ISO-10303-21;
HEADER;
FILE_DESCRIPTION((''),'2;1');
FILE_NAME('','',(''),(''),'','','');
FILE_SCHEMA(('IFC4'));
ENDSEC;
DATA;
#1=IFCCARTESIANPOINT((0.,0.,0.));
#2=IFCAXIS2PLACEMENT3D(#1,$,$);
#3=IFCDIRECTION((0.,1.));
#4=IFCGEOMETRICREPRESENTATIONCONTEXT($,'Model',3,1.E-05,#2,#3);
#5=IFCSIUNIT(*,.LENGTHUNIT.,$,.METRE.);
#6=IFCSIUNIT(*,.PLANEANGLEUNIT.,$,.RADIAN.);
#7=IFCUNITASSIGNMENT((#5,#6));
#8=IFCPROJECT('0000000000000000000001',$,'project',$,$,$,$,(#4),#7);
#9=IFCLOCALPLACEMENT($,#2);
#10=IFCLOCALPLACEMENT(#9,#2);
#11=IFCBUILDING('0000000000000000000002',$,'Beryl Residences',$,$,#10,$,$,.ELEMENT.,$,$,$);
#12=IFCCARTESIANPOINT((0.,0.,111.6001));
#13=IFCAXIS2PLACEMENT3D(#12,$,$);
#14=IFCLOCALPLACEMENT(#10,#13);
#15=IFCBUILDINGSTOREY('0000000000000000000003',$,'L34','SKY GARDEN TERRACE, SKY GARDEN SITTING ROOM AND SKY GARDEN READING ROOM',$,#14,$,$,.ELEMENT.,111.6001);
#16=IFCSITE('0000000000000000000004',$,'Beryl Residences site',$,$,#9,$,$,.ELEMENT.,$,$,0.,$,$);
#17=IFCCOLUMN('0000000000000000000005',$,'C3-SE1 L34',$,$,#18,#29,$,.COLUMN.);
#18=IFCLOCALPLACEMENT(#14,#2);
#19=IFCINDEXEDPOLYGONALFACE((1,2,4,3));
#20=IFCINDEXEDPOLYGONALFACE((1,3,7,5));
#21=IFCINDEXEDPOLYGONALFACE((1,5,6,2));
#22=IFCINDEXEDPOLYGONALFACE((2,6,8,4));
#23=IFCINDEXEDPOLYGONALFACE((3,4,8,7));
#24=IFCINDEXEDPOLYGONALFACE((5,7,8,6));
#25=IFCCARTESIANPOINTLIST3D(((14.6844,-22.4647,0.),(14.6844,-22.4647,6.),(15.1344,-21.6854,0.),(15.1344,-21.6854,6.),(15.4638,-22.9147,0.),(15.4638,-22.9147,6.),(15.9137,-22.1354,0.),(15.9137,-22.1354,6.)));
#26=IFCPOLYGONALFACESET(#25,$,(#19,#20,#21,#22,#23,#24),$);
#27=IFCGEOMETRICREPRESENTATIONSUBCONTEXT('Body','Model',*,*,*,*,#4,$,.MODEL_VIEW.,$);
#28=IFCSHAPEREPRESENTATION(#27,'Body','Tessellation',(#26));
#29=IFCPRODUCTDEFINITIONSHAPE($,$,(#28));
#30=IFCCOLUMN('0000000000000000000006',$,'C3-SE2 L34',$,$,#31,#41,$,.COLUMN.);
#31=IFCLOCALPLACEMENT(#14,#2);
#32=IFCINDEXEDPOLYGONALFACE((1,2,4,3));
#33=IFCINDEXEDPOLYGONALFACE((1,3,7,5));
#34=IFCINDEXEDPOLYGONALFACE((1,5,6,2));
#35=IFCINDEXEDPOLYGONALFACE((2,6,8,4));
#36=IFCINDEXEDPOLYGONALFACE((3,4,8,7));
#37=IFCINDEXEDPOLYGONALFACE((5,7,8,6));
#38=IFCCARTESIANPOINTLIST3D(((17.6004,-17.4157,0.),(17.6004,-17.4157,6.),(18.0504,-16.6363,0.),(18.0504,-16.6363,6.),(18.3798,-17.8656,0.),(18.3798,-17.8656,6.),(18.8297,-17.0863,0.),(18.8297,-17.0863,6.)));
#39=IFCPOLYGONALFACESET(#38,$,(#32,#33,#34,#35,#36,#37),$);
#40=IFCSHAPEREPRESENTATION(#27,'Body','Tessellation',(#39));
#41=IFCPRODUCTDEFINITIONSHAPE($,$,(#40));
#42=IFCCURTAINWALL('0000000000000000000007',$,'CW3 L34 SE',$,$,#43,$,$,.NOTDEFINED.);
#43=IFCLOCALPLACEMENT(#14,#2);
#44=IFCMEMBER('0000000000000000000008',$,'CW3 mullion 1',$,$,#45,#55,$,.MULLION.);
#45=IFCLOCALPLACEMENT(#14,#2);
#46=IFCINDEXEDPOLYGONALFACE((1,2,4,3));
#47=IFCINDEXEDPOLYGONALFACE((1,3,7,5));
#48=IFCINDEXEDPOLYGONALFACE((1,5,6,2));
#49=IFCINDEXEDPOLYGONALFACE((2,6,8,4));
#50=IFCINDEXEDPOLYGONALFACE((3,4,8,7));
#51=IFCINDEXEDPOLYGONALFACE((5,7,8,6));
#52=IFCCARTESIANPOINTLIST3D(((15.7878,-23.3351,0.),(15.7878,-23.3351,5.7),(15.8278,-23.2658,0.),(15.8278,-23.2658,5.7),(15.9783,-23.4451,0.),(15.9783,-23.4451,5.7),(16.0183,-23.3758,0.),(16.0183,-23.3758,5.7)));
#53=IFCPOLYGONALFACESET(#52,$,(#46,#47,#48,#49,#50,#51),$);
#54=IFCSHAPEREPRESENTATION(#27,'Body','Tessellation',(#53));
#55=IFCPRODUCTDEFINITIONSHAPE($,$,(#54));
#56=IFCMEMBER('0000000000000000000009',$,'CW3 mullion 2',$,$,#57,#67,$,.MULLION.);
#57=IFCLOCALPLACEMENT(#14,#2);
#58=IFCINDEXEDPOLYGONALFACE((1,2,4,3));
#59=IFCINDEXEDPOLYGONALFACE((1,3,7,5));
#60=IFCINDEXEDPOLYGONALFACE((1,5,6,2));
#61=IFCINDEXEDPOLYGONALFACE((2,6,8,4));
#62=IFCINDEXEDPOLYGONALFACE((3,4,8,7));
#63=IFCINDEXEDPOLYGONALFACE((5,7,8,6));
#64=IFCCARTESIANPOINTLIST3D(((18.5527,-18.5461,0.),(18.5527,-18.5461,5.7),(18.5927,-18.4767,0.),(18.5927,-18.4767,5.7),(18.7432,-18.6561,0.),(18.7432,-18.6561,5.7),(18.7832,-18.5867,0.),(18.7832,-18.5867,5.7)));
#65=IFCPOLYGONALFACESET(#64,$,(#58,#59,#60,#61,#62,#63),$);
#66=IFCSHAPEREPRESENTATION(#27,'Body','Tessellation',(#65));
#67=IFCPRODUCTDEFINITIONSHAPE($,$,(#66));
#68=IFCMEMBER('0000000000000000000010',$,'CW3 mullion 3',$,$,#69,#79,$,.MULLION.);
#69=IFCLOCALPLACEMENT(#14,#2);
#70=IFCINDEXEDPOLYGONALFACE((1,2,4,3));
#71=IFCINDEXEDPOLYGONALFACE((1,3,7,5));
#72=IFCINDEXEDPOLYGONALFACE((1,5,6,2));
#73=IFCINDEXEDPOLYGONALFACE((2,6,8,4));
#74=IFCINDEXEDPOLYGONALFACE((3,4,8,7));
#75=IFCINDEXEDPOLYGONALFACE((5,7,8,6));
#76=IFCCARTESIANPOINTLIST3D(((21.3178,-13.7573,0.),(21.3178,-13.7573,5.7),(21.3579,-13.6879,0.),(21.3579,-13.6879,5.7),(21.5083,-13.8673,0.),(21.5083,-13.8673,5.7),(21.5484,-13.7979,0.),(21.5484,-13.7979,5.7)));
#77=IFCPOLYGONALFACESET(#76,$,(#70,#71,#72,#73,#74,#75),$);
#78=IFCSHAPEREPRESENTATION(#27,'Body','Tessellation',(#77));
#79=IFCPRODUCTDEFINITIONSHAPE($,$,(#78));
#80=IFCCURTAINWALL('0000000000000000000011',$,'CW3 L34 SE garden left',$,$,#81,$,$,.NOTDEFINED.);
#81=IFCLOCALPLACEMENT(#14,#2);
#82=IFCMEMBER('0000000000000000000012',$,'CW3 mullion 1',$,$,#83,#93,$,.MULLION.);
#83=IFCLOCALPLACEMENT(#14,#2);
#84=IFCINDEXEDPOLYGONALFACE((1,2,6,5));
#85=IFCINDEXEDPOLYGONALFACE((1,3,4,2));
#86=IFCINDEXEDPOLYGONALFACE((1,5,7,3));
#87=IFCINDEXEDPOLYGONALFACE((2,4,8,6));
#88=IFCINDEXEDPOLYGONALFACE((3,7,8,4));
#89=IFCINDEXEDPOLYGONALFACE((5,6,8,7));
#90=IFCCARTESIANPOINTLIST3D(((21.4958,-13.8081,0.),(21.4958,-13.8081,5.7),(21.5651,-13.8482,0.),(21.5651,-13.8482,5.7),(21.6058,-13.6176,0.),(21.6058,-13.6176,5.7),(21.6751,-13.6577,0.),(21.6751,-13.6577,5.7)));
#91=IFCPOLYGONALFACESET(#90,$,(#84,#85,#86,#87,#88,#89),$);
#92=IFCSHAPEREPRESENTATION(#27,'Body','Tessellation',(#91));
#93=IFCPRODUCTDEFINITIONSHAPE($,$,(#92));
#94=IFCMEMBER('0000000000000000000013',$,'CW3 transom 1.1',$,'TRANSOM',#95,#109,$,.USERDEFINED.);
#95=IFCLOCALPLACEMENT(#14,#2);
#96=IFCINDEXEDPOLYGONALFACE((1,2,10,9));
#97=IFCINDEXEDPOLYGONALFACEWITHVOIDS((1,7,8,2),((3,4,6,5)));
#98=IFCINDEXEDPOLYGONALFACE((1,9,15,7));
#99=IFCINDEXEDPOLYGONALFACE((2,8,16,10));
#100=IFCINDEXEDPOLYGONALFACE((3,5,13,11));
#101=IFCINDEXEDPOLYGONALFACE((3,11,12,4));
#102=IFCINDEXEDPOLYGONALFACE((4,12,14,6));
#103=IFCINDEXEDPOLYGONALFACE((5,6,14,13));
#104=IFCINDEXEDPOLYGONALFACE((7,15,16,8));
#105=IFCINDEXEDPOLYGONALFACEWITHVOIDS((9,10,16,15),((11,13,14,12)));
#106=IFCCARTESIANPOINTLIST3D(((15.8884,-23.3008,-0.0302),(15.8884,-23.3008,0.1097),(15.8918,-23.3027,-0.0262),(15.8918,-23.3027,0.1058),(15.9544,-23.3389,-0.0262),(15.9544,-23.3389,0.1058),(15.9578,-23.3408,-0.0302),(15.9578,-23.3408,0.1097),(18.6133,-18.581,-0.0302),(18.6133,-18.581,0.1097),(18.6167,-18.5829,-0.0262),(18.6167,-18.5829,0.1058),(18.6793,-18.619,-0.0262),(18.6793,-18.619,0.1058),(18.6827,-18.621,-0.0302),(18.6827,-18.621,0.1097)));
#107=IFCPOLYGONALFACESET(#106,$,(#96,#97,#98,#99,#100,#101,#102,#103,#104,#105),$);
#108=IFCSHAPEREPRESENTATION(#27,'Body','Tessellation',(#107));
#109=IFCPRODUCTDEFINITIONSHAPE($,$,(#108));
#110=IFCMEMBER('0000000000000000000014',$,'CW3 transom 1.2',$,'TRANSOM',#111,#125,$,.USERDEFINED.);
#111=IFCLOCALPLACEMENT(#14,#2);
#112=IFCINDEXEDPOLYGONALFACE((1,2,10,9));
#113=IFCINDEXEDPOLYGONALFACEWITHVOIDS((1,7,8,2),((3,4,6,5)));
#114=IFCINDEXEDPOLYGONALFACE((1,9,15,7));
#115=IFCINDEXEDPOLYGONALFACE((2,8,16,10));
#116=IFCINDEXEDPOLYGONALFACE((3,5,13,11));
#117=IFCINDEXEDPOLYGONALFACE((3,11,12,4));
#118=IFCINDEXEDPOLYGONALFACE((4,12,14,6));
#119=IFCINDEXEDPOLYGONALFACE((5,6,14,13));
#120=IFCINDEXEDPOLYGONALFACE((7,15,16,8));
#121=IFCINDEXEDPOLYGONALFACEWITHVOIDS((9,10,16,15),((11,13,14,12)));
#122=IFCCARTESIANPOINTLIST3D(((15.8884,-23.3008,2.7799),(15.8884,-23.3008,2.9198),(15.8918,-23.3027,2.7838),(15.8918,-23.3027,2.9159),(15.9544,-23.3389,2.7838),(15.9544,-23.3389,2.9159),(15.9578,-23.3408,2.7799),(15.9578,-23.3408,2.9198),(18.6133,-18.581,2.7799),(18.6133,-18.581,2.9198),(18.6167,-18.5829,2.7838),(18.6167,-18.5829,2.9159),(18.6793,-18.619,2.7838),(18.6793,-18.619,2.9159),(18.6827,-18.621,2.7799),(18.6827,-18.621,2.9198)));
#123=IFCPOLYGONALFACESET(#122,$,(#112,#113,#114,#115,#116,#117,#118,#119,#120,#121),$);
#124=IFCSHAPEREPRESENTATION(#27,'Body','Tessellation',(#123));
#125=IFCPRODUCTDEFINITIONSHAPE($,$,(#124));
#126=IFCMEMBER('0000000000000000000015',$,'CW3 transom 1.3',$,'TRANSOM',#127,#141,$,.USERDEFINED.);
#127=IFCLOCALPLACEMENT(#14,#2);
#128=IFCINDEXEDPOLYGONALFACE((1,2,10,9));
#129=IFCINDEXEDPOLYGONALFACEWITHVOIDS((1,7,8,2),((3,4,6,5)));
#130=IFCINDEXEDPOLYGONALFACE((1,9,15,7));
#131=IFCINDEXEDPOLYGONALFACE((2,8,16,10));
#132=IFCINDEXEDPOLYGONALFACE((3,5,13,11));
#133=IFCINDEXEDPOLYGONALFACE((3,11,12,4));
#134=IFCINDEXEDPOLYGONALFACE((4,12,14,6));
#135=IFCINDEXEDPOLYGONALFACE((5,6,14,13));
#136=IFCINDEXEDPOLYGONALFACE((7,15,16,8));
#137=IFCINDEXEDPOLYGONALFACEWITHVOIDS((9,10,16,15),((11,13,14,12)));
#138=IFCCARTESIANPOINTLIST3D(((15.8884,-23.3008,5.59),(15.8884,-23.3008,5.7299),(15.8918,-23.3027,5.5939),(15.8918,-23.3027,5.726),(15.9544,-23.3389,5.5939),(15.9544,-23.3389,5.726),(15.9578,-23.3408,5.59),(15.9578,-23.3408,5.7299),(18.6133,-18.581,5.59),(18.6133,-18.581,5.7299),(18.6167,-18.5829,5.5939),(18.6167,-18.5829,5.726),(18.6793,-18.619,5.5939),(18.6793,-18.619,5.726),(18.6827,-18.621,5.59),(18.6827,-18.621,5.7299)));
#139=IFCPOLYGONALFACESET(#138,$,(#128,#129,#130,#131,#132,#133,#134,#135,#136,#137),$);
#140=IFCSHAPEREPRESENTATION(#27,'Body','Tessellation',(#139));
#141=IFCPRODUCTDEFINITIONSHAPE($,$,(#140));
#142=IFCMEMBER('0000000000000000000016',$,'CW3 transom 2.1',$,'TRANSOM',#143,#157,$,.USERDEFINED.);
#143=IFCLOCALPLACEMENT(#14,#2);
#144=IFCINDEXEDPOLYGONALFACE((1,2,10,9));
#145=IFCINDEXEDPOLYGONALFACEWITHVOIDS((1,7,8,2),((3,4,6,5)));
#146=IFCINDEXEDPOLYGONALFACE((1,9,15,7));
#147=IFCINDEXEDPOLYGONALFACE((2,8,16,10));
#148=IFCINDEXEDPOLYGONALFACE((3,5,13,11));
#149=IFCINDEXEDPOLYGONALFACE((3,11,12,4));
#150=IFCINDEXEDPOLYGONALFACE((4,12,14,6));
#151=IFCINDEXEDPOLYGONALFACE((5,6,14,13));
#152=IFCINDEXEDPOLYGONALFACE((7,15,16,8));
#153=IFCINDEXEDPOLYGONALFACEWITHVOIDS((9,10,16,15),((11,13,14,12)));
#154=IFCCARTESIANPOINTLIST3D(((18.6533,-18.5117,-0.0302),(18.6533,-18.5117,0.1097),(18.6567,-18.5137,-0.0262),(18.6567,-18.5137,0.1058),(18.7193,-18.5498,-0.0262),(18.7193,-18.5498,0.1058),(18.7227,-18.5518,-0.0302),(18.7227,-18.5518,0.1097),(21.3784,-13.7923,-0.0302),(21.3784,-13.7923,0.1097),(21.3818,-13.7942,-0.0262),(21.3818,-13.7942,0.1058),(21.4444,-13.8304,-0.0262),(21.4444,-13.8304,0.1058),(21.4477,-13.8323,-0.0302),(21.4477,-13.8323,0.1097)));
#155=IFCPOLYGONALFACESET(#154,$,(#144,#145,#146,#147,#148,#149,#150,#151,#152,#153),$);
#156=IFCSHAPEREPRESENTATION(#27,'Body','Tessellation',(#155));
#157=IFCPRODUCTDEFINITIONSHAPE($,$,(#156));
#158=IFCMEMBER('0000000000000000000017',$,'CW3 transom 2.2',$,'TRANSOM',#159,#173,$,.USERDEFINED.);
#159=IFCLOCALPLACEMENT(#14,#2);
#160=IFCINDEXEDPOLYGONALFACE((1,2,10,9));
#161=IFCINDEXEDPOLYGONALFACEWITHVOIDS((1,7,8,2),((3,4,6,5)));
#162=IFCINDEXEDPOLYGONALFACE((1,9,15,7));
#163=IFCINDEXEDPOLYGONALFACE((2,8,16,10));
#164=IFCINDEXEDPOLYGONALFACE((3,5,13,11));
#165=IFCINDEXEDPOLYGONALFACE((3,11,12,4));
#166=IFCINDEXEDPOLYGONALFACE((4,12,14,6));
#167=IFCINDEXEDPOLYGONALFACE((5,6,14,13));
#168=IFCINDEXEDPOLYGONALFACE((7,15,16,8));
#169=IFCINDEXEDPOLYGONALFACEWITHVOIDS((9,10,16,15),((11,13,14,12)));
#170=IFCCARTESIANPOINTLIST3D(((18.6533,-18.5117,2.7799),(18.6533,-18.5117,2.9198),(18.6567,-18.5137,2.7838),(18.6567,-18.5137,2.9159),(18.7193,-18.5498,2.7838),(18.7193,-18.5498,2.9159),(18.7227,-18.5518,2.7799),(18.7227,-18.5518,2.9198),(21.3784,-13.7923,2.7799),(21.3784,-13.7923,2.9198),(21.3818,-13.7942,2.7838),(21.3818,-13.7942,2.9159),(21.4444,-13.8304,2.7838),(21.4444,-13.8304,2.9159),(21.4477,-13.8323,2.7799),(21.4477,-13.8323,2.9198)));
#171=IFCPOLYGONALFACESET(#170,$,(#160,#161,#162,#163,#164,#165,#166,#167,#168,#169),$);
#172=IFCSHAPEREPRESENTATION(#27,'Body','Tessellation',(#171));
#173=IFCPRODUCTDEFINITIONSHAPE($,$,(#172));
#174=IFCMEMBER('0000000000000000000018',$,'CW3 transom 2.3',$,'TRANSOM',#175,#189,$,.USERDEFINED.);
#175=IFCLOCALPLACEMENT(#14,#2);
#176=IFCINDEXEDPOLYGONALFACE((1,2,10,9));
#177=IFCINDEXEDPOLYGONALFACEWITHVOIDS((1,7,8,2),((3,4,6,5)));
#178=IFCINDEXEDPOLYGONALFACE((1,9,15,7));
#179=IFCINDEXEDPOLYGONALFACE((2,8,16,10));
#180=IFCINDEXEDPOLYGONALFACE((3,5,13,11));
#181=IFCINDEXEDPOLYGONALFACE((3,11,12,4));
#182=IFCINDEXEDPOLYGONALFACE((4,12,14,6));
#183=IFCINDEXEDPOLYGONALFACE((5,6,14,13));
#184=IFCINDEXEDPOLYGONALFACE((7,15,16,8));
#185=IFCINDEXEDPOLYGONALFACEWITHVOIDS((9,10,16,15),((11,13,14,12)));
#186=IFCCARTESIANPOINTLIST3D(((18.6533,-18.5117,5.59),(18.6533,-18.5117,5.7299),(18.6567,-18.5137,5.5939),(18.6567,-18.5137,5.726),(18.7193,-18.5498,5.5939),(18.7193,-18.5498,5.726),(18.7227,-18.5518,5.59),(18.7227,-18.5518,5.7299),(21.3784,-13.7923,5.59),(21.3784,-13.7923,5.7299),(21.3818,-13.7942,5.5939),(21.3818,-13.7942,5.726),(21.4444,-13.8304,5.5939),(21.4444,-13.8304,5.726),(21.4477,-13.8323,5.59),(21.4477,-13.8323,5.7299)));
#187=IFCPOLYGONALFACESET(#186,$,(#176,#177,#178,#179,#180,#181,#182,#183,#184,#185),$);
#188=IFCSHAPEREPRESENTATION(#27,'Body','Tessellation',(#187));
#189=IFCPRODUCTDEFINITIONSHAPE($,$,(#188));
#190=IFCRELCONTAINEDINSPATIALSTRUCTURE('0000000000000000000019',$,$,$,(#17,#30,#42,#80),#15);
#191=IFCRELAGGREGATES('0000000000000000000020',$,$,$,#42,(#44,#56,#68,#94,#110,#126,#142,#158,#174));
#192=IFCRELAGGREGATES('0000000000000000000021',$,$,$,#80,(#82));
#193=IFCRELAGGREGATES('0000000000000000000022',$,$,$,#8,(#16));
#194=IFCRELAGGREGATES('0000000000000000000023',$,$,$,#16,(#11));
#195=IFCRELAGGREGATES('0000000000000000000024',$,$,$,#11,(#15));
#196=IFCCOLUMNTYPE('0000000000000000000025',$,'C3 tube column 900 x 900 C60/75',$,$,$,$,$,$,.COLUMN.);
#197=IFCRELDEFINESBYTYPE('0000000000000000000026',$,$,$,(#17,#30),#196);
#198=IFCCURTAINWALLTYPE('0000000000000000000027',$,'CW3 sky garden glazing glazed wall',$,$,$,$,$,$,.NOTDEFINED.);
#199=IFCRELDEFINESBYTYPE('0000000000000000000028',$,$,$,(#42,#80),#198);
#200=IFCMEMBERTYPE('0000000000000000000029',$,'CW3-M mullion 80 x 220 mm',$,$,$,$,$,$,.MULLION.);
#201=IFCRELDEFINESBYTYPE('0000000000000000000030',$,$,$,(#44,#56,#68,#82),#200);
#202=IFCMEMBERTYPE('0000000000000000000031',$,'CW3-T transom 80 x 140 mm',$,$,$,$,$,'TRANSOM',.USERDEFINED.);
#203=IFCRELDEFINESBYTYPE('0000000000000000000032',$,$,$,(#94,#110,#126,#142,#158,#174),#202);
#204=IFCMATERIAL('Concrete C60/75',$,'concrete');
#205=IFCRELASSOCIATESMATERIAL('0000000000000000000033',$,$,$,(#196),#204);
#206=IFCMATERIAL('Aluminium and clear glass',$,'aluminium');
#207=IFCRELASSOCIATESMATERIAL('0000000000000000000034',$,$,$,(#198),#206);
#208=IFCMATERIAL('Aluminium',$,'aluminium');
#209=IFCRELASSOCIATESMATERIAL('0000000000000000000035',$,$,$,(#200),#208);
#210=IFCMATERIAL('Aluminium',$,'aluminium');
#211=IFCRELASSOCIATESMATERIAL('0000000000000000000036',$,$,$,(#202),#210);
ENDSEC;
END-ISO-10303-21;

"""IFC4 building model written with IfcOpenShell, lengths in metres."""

from ifc_helpers import new_model, si_unit, direction, frame, origin, origin_2d, place, context, subcontext, project, spatial, rectangle, hollow_rectangle, extrude, material, material_profile, profile_set, type_object, element, aggregate, save


model = new_model("IFC4")

# Units and contexts
model_context = context("Model", 3, precision=1e-05, world=origin(), true_north=direction((0.0, 1.0)))
body_context = subcontext(model_context, "Body", "Model", "MODEL_VIEW")
ifc_project = project(units=[si_unit("LENGTHUNIT", "METRE"), si_unit("PLANEANGLEUNIT", "RADIAN")], contexts=[model_context])

# Site, building, storey
site_placement = place(None, origin())
site = spatial("IfcSite", under=ifc_project, at=site_placement, Name="Beryl Residences site", CompositionType="ELEMENT", RefElevation=0.0)
building_placement = place(site_placement, origin())
building = spatial("IfcBuilding", under=site, at=building_placement, Name="Beryl Residences", CompositionType="ELEMENT")
storey_placement = place(building_placement, frame((0.0, 0.0, 111.6001)))
storey = spatial("IfcBuildingStorey", under=building, at=storey_placement, Name="L34", Description="SKY GARDEN TERRACE, SKY GARDEN SITTING ROOM AND SKY GARDEN READING ROOM", CompositionType="ELEMENT", Elevation=111.6001)

# Columns
ifc_material_1 = material(Name="Concrete C60/75", Category="concrete")
ifc_material_profile_1 = material_profile(ifc_material_1, rectangle(XDim=0.8999, YDim=0.8999, at=origin_2d()))
ifc_profile_set_1 = profile_set([ifc_material_profile_1], Name="Concrete C60/75")
column_type = type_object("IfcColumnType", Name="C3 tube column 900 x 900 C60/75", PredefinedType="COLUMN", material=ifc_profile_set_1)
for number, where, z_axis, x_axis, name in (
    (1, (15.2991, -22.3, 0.0), (0.0, 0.0, 1.0), (0.5, 0.866025, 0.0), "C3-SE1 L34"),
    (2, (18.2151, -17.251, 0.0), (0.0, 0.0, 1.0), (0.5, 0.866025, 0.0), "C3-SE2 L34"),
):
    element("IfcColumn", number, at=place(storey_placement, frame(where, z_axis=z_axis, x_axis=x_axis)), inside=storey, type_object=column_type, Name=name, PredefinedType="COLUMN", context=body_context, shape_type="SweptSolid", body=[
        extrude(rectangle(XDim=0.8999, YDim=0.8999, at=origin_2d()), origin(), (0.0, 0.0, 1.0), 6.0),
    ])

# Curtain wall, members
ifc_material_2 = material(Name="Aluminium and clear glass", Category="aluminium")
curtain_wall_type = type_object("IfcCurtainWallType", Name="CW3 sky garden glazing glazed wall", PredefinedType="NOTDEFINED", material=ifc_material_2)
curtain_wall_1_placement = place(storey_placement, origin())
curtain_wall_1 = element("IfcCurtainWall", 3, at=curtain_wall_1_placement, inside=storey, type_object=curtain_wall_type, Name="CW3 L34 SE", PredefinedType="NOTDEFINED")
ifc_material_3 = material(Name="Aluminium", Category="aluminium")
ifc_material_profile_2 = material_profile(ifc_material_3, rectangle(XDim=0.0801, YDim=0.22, at=origin_2d()))
ifc_profile_set_2 = profile_set([ifc_material_profile_2], Name="Aluminium")
member_type_1 = type_object("IfcMemberType", Name="CW3-M mullion 80 x 220 mm", PredefinedType="MULLION", material=ifc_profile_set_2)
member_1_placement = place(storey_placement, frame((15.9031, -23.3555, 0.0), z_axis=(0.0, 0.0, 1.0), x_axis=(0.50002, 0.866014, 0.0)))
member_1 = element("IfcMember", 4, at=member_1_placement, type_object=member_type_1, Name="CW3 mullion 1", PredefinedType="MULLION", context=body_context, shape_type="SweptSolid", body=[
    extrude(rectangle(XDim=0.0801, YDim=0.22, at=origin_2d()), origin(), (0.0, 0.0, 1.0), 5.7),
])
member_2_placement = place(storey_placement, frame((18.668, -18.5664, 0.0), z_axis=(0.0, 0.0, 1.0), x_axis=(0.50002, 0.866014, 0.0)))
member_2 = element("IfcMember", 5, at=member_2_placement, type_object=member_type_1, Name="CW3 mullion 2", PredefinedType="MULLION", context=body_context, shape_type="SweptSolid", body=[
    extrude(rectangle(XDim=0.0801, YDim=0.22, at=origin_2d()), origin(), (0.0, 0.0, 1.0), 5.7),
])
member_3_placement = place(storey_placement, frame((21.4331, -13.7776, 0.0), z_axis=(0.0, 0.0, 1.0), x_axis=(0.50002, 0.866014, 0.0)))
member_3 = element("IfcMember", 6, at=member_3_placement, type_object=member_type_1, Name="CW3 mullion 3", PredefinedType="MULLION", context=body_context, shape_type="SweptSolid", body=[
    extrude(rectangle(XDim=0.0801, YDim=0.22, at=origin_2d()), origin(), (0.0, 0.0, 1.0), 5.7),
])

# Curtain wall, member
curtain_wall_2_placement = place(storey_placement, origin())
curtain_wall_2 = element("IfcCurtainWall", 7, at=curtain_wall_2_placement, inside=storey, type_object=curtain_wall_type, Name="CW3 L34 SE garden left", PredefinedType="NOTDEFINED")
member_4_placement = place(storey_placement, frame((21.5854, -13.7329, 0.0), z_axis=(0.0, 0.0, 1.0), x_axis=(-0.866008, 0.500031, 0.0)))
member_4 = element("IfcMember", 8, at=member_4_placement, type_object=member_type_1, Name="CW3 mullion 1", PredefinedType="MULLION", context=body_context, shape_type="SweptSolid", body=[
    extrude(rectangle(XDim=0.0801, YDim=0.22, at=origin_2d()), origin(), (0.0, 0.0, 1.0), 5.7),
])

# Members
ifc_material_4 = material(Name="Aluminium", Category="aluminium")
ifc_material_profile_3 = material_profile(ifc_material_4, hollow_rectangle(XDim=0.0801, YDim=0.1399, WallThickness=0.0039, at=origin_2d()))
ifc_profile_set_3 = profile_set([ifc_material_profile_3], Name="Aluminium")
member_type_2 = type_object("IfcMemberType", Name="CW3-T transom 80 x 140 mm", ElementType="TRANSOM", PredefinedType="USERDEFINED", material=ifc_profile_set_3)
member_5_placement = place(storey_placement, frame((15.9231, -23.3208, 0.0398), z_axis=(0.499989, 0.866032, 0.0), x_axis=(-0.866032, 0.499989, 0.0)))
member_5 = element("IfcMember", 9, at=member_5_placement, type_object=member_type_2, Name="CW3 transom 1.1", ObjectType="TRANSOM", PredefinedType="USERDEFINED", context=body_context, shape_type="SweptSolid", body=[
    extrude(hollow_rectangle(XDim=0.0801, YDim=0.1399, WallThickness=0.0039, at=origin_2d()), origin(), (0.0, 0.0, 1.0), 5.45),
])
member_6_placement = place(storey_placement, frame((15.9231, -23.3208, 2.8499), z_axis=(0.499989, 0.866032, 0.0), x_axis=(-0.866032, 0.499989, 0.0)))
member_6 = element("IfcMember", 10, at=member_6_placement, type_object=member_type_2, Name="CW3 transom 1.2", ObjectType="TRANSOM", PredefinedType="USERDEFINED", context=body_context, shape_type="SweptSolid", body=[
    extrude(hollow_rectangle(XDim=0.0801, YDim=0.1399, WallThickness=0.0039, at=origin_2d()), origin(), (0.0, 0.0, 1.0), 5.45),
])
member_7_placement = place(storey_placement, frame((15.9231, -23.3208, 5.6599), z_axis=(0.499989, 0.866032, 0.0), x_axis=(-0.866032, 0.499989, 0.0)))
member_7 = element("IfcMember", 11, at=member_7_placement, type_object=member_type_2, Name="CW3 transom 1.3", ObjectType="TRANSOM", PredefinedType="USERDEFINED", context=body_context, shape_type="SweptSolid", body=[
    extrude(hollow_rectangle(XDim=0.0801, YDim=0.1399, WallThickness=0.0039, at=origin_2d()), origin(), (0.0, 0.0, 1.0), 5.45),
])
member_8_placement = place(storey_placement, frame((18.688, -18.5317, 0.0398), z_axis=(0.500042, 0.866001, 0.0), x_axis=(-0.866001, 0.500042, 0.0)))
member_8 = element("IfcMember", 12, at=member_8_placement, type_object=member_type_2, Name="CW3 transom 2.1", ObjectType="TRANSOM", PredefinedType="USERDEFINED", context=body_context, shape_type="SweptSolid", body=[
    extrude(hollow_rectangle(XDim=0.0801, YDim=0.1399, WallThickness=0.0039, at=origin_2d()), origin(), (0.0, 0.0, 1.0), 5.4497),
])
member_9_placement = place(storey_placement, frame((18.688, -18.5317, 2.8499), z_axis=(0.500042, 0.866001, 0.0), x_axis=(-0.866001, 0.500042, 0.0)))
member_9 = element("IfcMember", 13, at=member_9_placement, type_object=member_type_2, Name="CW3 transom 2.2", ObjectType="TRANSOM", PredefinedType="USERDEFINED", context=body_context, shape_type="SweptSolid", body=[
    extrude(hollow_rectangle(XDim=0.0801, YDim=0.1399, WallThickness=0.0039, at=origin_2d()), origin(), (0.0, 0.0, 1.0), 5.4497),
])
member_10_placement = place(storey_placement, frame((18.688, -18.5317, 5.6599), z_axis=(0.500042, 0.866001, 0.0), x_axis=(-0.866001, 0.500042, 0.0)))
member_10 = element("IfcMember", 14, at=member_10_placement, type_object=member_type_2, Name="CW3 transom 2.3", ObjectType="TRANSOM", PredefinedType="USERDEFINED", context=body_context, shape_type="SweptSolid", body=[
    extrude(hollow_rectangle(XDim=0.0801, YDim=0.1399, WallThickness=0.0039, at=origin_2d()), origin(), (0.0, 0.0, 1.0), 5.4497),
])

aggregate(curtain_wall_1, [member_1, member_2, member_3, member_5, member_6, member_7, member_8, member_9, member_10])
aggregate(curtain_wall_2, [member_4])

save(model, "model.ifc")
